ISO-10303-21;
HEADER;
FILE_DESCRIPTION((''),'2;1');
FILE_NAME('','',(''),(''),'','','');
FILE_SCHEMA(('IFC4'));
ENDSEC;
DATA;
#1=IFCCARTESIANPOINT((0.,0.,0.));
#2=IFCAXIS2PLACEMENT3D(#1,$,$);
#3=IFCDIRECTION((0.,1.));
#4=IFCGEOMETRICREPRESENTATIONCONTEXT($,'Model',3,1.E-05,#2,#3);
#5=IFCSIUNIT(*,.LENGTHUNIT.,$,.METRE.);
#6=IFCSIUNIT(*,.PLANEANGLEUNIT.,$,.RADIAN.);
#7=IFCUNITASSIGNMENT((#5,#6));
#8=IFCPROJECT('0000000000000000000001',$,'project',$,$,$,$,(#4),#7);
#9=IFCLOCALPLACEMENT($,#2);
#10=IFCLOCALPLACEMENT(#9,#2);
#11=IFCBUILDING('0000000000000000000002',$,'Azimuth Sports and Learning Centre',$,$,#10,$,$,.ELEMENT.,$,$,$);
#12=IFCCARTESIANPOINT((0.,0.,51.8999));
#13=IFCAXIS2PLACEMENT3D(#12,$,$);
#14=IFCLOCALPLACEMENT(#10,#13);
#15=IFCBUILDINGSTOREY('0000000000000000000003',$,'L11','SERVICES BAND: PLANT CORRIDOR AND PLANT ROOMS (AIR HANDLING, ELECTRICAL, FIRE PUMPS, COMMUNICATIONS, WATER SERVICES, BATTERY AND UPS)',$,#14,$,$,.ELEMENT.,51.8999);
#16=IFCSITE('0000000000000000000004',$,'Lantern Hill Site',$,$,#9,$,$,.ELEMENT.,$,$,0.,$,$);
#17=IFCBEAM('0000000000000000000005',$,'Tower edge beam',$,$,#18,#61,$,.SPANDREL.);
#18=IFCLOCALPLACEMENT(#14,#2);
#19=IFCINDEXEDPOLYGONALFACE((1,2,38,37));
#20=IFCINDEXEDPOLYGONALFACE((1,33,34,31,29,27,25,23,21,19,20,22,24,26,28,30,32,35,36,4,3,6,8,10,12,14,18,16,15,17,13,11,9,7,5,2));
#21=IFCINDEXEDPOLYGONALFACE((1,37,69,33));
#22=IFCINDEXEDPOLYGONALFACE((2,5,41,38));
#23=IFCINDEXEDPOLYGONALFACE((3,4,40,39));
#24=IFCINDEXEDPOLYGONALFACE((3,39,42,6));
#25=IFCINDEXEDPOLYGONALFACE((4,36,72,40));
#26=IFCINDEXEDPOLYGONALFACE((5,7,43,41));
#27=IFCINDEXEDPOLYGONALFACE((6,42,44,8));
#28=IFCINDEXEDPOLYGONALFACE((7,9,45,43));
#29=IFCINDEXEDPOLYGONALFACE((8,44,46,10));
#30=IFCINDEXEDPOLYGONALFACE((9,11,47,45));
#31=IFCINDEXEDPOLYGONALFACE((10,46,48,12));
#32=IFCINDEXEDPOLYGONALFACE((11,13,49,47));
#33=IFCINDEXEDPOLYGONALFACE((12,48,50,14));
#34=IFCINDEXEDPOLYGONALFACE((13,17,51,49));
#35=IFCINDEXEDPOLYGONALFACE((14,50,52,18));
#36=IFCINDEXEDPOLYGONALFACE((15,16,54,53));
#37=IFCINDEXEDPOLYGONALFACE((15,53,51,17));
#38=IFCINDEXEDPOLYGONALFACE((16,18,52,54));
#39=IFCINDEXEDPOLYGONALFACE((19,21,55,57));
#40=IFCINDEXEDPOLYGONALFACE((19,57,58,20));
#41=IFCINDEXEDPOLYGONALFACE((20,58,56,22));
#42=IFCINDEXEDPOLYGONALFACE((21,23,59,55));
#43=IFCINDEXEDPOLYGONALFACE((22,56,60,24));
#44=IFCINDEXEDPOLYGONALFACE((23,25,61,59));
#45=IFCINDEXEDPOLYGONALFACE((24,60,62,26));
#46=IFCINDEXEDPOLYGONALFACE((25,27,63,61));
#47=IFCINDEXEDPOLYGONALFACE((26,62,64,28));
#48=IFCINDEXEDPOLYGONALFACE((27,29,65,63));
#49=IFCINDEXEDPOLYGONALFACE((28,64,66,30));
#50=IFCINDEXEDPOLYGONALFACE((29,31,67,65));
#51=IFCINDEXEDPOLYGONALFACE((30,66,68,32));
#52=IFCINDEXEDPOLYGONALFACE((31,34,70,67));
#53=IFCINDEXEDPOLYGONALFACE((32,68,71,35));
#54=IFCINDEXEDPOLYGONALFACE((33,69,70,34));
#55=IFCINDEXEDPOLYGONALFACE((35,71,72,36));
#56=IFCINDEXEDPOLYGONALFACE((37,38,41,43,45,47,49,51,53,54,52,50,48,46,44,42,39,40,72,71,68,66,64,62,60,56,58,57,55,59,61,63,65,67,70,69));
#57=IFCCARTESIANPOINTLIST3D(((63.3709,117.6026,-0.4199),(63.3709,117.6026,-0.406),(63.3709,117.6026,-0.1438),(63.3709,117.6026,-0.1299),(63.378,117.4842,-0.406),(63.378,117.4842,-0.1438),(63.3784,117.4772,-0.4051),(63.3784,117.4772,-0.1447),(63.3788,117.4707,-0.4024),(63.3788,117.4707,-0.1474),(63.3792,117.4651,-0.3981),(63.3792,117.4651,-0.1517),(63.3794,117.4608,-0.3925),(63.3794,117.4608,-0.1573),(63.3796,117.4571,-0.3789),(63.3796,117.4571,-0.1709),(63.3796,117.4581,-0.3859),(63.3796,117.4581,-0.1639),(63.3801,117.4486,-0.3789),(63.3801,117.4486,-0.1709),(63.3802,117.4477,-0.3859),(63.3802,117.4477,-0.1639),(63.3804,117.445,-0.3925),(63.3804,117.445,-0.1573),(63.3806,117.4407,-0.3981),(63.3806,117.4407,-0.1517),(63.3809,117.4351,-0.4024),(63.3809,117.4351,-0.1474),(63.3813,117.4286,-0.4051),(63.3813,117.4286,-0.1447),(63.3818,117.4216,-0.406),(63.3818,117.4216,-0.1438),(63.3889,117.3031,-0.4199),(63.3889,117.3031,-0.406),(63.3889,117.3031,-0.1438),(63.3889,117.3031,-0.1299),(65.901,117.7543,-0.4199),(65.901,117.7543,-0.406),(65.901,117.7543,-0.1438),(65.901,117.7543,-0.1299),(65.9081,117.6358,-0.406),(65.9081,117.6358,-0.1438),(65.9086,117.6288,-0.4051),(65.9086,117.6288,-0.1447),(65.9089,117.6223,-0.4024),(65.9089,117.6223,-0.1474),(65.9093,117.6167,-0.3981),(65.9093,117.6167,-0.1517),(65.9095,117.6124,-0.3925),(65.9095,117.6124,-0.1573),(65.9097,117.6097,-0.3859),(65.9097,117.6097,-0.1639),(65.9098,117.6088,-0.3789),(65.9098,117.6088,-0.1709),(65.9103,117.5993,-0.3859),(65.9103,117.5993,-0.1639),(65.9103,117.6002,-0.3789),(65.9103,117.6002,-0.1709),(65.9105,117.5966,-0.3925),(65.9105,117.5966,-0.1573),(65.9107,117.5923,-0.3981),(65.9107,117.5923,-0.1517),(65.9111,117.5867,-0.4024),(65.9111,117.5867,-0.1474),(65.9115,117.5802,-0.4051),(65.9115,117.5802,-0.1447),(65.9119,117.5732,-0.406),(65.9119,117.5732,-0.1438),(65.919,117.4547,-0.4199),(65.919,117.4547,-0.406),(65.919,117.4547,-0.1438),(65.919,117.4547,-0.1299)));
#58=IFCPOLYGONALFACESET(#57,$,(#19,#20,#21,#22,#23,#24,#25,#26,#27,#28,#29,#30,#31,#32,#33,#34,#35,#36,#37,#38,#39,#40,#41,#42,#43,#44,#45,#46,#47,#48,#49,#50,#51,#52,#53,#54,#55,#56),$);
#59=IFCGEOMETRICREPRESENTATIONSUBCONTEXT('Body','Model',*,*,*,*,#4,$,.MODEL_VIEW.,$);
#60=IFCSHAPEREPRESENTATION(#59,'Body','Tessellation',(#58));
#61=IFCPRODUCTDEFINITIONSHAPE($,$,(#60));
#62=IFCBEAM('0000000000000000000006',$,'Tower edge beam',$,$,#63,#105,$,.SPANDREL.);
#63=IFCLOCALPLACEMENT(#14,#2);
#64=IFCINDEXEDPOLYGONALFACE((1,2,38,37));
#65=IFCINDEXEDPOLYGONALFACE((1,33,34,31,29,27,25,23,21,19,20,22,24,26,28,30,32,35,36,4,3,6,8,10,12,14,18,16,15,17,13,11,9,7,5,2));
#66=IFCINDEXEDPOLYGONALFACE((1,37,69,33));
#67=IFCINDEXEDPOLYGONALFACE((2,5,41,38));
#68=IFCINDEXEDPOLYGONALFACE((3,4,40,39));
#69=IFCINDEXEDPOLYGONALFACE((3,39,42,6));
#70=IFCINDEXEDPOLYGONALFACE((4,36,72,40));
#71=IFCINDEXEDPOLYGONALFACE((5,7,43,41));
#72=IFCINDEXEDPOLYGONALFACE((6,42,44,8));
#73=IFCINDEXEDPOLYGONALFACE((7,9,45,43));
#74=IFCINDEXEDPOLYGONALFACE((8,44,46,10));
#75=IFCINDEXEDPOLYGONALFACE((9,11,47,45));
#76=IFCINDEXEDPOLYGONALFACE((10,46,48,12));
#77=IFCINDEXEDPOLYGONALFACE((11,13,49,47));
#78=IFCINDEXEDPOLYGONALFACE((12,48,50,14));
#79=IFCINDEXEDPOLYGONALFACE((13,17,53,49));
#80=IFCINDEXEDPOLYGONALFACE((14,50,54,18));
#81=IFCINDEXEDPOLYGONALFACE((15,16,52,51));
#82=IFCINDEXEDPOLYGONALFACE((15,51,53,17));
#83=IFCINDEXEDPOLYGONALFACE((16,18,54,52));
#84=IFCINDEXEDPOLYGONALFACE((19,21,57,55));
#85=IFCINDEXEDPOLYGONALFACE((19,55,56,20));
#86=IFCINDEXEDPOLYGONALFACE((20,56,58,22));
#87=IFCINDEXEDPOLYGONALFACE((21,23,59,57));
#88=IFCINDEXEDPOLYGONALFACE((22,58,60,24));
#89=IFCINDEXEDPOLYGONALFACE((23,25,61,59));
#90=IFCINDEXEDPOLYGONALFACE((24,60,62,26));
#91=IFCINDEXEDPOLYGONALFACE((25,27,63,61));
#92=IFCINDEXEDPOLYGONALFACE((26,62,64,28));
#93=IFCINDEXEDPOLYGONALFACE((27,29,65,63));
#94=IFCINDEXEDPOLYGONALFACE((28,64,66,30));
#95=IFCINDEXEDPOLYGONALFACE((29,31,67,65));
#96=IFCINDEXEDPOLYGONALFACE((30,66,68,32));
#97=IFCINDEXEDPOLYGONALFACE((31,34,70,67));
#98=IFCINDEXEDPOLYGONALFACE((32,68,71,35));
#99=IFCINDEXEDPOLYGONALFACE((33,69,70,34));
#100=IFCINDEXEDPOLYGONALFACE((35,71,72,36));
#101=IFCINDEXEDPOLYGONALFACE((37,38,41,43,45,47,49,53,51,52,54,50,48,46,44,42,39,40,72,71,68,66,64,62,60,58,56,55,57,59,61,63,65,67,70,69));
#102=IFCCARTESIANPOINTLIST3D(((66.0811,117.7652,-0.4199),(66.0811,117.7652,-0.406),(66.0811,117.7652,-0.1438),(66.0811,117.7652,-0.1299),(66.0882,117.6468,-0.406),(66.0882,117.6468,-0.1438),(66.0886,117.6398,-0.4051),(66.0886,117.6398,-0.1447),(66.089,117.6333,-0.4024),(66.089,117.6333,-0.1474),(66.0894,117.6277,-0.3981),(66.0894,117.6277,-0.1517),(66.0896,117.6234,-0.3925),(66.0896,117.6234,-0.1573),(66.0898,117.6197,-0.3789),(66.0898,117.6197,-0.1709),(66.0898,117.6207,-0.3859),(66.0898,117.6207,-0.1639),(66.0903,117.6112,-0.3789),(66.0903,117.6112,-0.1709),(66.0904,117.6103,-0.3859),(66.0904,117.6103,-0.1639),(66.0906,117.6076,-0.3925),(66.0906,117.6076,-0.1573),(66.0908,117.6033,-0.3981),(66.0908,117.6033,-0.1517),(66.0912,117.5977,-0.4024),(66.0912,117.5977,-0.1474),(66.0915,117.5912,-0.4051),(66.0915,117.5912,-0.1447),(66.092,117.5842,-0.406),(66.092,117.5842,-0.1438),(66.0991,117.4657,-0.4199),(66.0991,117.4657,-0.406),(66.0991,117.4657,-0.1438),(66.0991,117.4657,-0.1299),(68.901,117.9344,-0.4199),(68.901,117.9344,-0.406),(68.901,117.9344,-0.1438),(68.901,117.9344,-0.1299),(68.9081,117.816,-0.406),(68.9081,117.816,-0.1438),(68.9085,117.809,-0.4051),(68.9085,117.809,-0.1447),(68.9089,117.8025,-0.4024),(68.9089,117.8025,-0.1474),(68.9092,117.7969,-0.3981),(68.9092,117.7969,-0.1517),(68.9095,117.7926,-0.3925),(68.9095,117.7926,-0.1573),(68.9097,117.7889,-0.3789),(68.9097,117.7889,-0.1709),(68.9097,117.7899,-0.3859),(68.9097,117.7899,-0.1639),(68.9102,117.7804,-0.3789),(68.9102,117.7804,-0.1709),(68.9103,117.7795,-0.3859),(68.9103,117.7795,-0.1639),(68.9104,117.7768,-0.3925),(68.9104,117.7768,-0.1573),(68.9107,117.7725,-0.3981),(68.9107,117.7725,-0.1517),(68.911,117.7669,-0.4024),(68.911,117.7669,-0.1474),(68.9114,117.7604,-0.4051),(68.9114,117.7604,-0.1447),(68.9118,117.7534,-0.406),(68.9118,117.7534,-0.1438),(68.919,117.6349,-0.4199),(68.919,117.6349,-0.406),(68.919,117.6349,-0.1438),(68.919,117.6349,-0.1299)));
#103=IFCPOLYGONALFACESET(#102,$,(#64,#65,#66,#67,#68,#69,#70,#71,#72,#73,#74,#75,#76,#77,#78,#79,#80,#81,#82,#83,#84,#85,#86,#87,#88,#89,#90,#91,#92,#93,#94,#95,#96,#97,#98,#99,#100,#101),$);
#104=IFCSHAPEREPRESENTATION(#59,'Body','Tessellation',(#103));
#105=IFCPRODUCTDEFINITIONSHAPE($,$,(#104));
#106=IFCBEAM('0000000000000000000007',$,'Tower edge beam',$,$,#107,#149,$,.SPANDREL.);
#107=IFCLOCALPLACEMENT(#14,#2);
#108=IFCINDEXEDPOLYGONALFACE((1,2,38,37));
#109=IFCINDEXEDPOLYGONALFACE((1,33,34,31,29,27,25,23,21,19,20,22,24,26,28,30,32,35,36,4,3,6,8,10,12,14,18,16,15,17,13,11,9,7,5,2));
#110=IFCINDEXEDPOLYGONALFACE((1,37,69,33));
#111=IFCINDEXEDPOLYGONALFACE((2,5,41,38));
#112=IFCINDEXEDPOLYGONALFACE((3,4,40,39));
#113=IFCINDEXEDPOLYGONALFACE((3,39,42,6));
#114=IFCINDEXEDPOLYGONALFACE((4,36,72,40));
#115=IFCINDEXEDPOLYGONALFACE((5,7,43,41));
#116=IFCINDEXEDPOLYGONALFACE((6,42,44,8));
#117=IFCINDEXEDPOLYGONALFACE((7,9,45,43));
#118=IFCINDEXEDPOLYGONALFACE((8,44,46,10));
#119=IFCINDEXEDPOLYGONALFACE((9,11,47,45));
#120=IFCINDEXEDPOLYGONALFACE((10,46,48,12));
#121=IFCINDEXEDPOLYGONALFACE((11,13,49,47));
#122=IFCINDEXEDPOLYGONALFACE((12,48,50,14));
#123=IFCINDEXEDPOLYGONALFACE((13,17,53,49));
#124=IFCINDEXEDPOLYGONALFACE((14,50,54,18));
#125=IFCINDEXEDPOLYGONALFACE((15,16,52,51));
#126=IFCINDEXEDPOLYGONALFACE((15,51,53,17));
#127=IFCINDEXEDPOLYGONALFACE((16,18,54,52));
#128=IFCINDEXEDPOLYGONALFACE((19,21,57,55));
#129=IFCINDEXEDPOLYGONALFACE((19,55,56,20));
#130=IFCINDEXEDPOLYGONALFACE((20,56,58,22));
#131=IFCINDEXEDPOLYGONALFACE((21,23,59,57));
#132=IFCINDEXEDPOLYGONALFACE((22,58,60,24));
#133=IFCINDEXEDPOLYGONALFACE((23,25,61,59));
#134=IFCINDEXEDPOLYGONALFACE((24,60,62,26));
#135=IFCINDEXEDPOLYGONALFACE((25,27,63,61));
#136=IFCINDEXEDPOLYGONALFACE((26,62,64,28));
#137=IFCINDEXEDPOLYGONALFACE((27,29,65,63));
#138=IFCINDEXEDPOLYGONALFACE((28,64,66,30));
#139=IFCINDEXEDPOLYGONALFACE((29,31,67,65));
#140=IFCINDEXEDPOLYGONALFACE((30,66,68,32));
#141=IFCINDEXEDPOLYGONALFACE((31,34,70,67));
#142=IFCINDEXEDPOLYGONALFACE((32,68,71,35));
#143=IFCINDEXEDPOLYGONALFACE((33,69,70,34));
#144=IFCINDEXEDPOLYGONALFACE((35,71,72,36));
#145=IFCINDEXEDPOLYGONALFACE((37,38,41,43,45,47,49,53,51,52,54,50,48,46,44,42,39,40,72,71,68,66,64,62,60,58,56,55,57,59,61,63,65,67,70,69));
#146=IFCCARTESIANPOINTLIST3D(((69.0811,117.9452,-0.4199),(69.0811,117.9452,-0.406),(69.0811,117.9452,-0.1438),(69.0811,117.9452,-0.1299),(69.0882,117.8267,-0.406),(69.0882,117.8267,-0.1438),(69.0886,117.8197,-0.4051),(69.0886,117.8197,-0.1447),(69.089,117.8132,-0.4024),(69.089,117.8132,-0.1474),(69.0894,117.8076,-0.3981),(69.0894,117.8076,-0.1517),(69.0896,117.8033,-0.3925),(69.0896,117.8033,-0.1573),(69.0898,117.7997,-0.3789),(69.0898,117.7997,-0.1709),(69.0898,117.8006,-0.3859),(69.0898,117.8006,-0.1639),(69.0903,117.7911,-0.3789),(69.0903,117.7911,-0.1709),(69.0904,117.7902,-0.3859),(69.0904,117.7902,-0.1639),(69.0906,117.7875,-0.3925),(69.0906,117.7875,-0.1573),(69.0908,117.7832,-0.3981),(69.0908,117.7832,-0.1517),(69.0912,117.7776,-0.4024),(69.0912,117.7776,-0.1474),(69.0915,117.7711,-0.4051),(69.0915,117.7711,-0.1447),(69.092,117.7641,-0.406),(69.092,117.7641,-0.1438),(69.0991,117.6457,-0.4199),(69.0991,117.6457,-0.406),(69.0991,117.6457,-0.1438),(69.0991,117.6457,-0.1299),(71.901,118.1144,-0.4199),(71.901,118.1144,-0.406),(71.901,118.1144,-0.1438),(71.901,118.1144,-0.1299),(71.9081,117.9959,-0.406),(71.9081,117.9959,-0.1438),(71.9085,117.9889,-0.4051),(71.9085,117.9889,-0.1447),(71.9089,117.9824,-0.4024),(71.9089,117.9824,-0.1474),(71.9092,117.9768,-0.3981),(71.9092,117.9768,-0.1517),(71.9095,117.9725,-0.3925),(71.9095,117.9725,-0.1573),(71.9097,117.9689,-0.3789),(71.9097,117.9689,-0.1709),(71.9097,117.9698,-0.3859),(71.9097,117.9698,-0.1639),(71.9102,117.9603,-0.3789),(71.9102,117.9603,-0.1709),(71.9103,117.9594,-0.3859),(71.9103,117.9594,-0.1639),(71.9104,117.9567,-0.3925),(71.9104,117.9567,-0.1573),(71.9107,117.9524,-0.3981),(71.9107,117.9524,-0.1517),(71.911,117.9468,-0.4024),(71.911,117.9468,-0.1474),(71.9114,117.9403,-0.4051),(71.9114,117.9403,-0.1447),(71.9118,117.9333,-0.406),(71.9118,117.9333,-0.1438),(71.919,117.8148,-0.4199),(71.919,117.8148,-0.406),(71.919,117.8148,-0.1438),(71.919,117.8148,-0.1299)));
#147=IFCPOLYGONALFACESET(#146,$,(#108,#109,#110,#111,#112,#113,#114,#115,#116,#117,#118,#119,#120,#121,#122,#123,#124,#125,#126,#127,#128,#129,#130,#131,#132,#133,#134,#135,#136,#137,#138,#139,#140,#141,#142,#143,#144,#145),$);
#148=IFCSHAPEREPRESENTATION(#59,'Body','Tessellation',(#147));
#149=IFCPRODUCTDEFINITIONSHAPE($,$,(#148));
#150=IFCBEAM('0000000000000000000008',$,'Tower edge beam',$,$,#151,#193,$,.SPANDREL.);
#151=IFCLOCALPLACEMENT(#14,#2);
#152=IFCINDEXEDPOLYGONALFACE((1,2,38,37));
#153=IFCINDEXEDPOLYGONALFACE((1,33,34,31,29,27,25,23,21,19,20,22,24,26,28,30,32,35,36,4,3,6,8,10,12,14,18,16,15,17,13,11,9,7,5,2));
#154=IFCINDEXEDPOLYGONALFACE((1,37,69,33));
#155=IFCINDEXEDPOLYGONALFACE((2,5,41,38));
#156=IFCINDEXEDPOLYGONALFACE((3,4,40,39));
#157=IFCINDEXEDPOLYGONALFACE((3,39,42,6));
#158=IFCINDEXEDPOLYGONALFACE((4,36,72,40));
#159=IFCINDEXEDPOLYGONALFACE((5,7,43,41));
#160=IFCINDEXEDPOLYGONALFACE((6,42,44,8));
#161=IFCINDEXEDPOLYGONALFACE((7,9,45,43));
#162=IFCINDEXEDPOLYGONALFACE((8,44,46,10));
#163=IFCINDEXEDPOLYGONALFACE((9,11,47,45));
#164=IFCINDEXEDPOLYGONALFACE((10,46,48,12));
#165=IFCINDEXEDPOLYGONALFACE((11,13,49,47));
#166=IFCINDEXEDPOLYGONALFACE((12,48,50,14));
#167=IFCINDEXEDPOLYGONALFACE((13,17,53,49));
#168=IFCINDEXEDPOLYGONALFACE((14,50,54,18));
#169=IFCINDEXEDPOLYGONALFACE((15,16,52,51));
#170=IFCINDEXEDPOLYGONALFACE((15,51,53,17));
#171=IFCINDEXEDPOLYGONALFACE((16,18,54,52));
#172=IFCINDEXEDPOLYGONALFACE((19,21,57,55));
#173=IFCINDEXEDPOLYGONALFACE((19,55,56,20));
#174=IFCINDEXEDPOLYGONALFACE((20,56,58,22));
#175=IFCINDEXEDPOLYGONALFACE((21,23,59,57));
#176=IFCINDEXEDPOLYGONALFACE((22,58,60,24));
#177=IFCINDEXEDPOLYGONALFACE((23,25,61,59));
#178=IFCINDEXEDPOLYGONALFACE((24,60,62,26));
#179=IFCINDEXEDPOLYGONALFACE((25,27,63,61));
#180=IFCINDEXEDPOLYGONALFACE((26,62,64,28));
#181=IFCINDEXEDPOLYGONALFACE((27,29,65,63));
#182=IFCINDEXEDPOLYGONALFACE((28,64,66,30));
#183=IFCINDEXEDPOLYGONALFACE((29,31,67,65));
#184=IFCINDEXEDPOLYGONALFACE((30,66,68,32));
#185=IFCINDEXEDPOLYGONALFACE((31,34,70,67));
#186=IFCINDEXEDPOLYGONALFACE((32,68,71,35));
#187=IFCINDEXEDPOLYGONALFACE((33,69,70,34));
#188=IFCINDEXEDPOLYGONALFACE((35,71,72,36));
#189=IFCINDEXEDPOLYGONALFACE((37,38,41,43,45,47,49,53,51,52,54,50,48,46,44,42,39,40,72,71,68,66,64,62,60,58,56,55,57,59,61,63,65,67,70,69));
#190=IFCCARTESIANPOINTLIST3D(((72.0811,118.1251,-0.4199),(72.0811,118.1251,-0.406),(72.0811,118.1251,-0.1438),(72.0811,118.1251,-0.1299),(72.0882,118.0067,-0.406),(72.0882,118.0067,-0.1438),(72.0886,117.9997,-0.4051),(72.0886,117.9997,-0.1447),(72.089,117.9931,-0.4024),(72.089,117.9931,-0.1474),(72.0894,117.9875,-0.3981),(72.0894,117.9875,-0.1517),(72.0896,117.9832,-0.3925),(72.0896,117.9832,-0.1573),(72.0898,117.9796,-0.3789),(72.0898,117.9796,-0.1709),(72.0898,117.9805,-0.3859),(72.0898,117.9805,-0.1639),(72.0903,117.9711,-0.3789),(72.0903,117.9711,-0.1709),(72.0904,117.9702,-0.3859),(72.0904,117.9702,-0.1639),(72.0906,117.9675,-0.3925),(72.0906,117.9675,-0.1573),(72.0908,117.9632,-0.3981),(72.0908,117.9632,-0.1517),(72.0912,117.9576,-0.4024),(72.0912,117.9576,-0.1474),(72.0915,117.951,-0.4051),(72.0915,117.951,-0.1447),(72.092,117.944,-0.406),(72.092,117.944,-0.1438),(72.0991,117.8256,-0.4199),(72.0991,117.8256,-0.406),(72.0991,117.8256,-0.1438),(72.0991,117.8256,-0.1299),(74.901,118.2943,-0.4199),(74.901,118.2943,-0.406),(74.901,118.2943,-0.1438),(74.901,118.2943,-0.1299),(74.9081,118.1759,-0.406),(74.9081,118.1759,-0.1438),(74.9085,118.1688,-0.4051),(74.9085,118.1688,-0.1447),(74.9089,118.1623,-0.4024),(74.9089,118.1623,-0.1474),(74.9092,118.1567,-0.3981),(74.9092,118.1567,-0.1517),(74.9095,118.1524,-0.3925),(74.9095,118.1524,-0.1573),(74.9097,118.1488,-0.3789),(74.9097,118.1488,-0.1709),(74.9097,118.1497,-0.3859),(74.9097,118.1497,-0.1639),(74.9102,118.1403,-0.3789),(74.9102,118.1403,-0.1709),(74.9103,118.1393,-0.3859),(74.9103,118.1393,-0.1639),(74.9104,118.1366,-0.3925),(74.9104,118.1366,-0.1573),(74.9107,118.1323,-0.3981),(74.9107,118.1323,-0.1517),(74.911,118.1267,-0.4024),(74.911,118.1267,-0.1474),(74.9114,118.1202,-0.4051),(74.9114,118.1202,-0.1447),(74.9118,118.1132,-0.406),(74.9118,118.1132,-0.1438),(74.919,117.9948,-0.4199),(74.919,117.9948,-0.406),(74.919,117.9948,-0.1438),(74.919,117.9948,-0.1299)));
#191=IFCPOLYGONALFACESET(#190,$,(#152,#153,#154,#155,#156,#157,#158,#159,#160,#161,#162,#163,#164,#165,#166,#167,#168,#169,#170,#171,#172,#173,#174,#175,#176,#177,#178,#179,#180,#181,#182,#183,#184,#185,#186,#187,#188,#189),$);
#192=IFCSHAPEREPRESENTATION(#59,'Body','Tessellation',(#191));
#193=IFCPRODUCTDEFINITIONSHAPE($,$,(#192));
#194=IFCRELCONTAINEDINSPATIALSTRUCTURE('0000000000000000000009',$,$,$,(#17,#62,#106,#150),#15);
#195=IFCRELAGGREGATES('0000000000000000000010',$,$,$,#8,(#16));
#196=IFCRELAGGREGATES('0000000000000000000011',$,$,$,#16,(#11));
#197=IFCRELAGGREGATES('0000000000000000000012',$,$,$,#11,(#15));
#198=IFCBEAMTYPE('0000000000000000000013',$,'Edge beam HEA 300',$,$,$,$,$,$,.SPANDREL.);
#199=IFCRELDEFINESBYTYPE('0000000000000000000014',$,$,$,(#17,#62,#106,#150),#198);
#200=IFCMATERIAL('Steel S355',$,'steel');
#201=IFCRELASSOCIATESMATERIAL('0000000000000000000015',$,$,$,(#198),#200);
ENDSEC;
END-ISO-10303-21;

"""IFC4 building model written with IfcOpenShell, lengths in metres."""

from ifc_helpers import new_model, si_unit, direction, frame, origin, origin_2d, place, context, subcontext, project, spatial, i_section, extrude, material, material_profile, profile_set, type_object, element, save


model = new_model("IFC4")

# Units and contexts
model_context = context("Model", 3, precision=1e-05, world=origin(), true_north=direction((0.0, 1.0)))
body_context = subcontext(model_context, "Body", "Model", "MODEL_VIEW")
ifc_project = project(units=[si_unit("LENGTHUNIT", "METRE"), si_unit("PLANEANGLEUNIT", "RADIAN")], contexts=[model_context])

# Site, building, storey
site_placement = place(None, origin())
site = spatial("IfcSite", under=ifc_project, at=site_placement, Name="Lantern Hill Site", CompositionType="ELEMENT", RefElevation=0.0)
building_placement = place(site_placement, origin())
building = spatial("IfcBuilding", under=site, at=building_placement, Name="Azimuth Sports and Learning Centre", CompositionType="ELEMENT")
storey_placement = place(building_placement, frame((0.0, 0.0, 51.8999)))
storey = spatial("IfcBuildingStorey", under=building, at=storey_placement, Name="L11", Description="SERVICES BAND: PLANT CORRIDOR AND PLANT ROOMS (AIR HANDLING, ELECTRICAL, FIRE PUMPS, COMMUNICATIONS, WATER SERVICES, BATTERY AND UPS)", CompositionType="ELEMENT", Elevation=51.8999)

# Beams
ifc_material_1 = material(Name="Steel S355", Category="steel")
ifc_material_profile_1 = material_profile(ifc_material_1, i_section(OverallWidth=0.3, OverallDepth=0.29, WebThickness=0.0085, FlangeThickness=0.0139, FilletRadius=0.0271, at=origin_2d()), Name="HEA 300")
ifc_profile_set_1 = profile_set([ifc_material_profile_1], Name="Steel S355")
beam_type_1 = type_object("IfcBeamType", Name="Edge beam HEA 300", PredefinedType="SPANDREL", material=ifc_profile_set_1)
beam_1_placement = place(storey_placement, frame((63.3799, 117.4529, -0.2749), z_axis=(0.998209, 0.059817, 0.0), x_axis=(-0.059817, 0.998209, 0.0)))
element("IfcBeam", 1, at=beam_1_placement, inside=storey, type_object=beam_type_1, Name="Tower edge beam", PredefinedType="SPANDREL", context=body_context, shape_type="SweptSolid", body=[
    extrude(i_section(OverallWidth=0.3, OverallDepth=0.29, WebThickness=0.0085, FlangeThickness=0.0139, FilletRadius=0.0271, at=origin_2d()), origin(), (0.0, 0.0, 1.0), 2.5347),
])
for number, where, z_axis, x_axis, name in (
    (2, (66.0901, 117.6155, -0.2749), (0.998205, 0.059892, 0.0), (-0.059892, 0.998205, 0.0), "Tower edge beam"),
    (3, (69.0901, 117.7954, -0.2749), (0.998205, 0.059892, 0.0), (-0.059892, 0.998205, 0.0), "Tower edge beam"),
    (4, (72.0901, 117.9753, -0.2749), (0.998205, 0.059892, 0.0), (-0.059892, 0.998205, 0.0), "Tower edge beam"),
):
    element("IfcBeam", number, at=place(storey_placement, frame(where, z_axis=z_axis, x_axis=x_axis)), inside=storey, type_object=beam_type_1, Name=name, PredefinedType="SPANDREL", context=body_context, shape_type="SweptSolid", body=[
        extrude(i_section(OverallWidth=0.3, OverallDepth=0.29, WebThickness=0.0085, FlangeThickness=0.0139, FilletRadius=0.0271, at=origin_2d()), origin(), (0.0, 0.0, 1.0), 2.825),
    ])

save(model, "model.ifc")
